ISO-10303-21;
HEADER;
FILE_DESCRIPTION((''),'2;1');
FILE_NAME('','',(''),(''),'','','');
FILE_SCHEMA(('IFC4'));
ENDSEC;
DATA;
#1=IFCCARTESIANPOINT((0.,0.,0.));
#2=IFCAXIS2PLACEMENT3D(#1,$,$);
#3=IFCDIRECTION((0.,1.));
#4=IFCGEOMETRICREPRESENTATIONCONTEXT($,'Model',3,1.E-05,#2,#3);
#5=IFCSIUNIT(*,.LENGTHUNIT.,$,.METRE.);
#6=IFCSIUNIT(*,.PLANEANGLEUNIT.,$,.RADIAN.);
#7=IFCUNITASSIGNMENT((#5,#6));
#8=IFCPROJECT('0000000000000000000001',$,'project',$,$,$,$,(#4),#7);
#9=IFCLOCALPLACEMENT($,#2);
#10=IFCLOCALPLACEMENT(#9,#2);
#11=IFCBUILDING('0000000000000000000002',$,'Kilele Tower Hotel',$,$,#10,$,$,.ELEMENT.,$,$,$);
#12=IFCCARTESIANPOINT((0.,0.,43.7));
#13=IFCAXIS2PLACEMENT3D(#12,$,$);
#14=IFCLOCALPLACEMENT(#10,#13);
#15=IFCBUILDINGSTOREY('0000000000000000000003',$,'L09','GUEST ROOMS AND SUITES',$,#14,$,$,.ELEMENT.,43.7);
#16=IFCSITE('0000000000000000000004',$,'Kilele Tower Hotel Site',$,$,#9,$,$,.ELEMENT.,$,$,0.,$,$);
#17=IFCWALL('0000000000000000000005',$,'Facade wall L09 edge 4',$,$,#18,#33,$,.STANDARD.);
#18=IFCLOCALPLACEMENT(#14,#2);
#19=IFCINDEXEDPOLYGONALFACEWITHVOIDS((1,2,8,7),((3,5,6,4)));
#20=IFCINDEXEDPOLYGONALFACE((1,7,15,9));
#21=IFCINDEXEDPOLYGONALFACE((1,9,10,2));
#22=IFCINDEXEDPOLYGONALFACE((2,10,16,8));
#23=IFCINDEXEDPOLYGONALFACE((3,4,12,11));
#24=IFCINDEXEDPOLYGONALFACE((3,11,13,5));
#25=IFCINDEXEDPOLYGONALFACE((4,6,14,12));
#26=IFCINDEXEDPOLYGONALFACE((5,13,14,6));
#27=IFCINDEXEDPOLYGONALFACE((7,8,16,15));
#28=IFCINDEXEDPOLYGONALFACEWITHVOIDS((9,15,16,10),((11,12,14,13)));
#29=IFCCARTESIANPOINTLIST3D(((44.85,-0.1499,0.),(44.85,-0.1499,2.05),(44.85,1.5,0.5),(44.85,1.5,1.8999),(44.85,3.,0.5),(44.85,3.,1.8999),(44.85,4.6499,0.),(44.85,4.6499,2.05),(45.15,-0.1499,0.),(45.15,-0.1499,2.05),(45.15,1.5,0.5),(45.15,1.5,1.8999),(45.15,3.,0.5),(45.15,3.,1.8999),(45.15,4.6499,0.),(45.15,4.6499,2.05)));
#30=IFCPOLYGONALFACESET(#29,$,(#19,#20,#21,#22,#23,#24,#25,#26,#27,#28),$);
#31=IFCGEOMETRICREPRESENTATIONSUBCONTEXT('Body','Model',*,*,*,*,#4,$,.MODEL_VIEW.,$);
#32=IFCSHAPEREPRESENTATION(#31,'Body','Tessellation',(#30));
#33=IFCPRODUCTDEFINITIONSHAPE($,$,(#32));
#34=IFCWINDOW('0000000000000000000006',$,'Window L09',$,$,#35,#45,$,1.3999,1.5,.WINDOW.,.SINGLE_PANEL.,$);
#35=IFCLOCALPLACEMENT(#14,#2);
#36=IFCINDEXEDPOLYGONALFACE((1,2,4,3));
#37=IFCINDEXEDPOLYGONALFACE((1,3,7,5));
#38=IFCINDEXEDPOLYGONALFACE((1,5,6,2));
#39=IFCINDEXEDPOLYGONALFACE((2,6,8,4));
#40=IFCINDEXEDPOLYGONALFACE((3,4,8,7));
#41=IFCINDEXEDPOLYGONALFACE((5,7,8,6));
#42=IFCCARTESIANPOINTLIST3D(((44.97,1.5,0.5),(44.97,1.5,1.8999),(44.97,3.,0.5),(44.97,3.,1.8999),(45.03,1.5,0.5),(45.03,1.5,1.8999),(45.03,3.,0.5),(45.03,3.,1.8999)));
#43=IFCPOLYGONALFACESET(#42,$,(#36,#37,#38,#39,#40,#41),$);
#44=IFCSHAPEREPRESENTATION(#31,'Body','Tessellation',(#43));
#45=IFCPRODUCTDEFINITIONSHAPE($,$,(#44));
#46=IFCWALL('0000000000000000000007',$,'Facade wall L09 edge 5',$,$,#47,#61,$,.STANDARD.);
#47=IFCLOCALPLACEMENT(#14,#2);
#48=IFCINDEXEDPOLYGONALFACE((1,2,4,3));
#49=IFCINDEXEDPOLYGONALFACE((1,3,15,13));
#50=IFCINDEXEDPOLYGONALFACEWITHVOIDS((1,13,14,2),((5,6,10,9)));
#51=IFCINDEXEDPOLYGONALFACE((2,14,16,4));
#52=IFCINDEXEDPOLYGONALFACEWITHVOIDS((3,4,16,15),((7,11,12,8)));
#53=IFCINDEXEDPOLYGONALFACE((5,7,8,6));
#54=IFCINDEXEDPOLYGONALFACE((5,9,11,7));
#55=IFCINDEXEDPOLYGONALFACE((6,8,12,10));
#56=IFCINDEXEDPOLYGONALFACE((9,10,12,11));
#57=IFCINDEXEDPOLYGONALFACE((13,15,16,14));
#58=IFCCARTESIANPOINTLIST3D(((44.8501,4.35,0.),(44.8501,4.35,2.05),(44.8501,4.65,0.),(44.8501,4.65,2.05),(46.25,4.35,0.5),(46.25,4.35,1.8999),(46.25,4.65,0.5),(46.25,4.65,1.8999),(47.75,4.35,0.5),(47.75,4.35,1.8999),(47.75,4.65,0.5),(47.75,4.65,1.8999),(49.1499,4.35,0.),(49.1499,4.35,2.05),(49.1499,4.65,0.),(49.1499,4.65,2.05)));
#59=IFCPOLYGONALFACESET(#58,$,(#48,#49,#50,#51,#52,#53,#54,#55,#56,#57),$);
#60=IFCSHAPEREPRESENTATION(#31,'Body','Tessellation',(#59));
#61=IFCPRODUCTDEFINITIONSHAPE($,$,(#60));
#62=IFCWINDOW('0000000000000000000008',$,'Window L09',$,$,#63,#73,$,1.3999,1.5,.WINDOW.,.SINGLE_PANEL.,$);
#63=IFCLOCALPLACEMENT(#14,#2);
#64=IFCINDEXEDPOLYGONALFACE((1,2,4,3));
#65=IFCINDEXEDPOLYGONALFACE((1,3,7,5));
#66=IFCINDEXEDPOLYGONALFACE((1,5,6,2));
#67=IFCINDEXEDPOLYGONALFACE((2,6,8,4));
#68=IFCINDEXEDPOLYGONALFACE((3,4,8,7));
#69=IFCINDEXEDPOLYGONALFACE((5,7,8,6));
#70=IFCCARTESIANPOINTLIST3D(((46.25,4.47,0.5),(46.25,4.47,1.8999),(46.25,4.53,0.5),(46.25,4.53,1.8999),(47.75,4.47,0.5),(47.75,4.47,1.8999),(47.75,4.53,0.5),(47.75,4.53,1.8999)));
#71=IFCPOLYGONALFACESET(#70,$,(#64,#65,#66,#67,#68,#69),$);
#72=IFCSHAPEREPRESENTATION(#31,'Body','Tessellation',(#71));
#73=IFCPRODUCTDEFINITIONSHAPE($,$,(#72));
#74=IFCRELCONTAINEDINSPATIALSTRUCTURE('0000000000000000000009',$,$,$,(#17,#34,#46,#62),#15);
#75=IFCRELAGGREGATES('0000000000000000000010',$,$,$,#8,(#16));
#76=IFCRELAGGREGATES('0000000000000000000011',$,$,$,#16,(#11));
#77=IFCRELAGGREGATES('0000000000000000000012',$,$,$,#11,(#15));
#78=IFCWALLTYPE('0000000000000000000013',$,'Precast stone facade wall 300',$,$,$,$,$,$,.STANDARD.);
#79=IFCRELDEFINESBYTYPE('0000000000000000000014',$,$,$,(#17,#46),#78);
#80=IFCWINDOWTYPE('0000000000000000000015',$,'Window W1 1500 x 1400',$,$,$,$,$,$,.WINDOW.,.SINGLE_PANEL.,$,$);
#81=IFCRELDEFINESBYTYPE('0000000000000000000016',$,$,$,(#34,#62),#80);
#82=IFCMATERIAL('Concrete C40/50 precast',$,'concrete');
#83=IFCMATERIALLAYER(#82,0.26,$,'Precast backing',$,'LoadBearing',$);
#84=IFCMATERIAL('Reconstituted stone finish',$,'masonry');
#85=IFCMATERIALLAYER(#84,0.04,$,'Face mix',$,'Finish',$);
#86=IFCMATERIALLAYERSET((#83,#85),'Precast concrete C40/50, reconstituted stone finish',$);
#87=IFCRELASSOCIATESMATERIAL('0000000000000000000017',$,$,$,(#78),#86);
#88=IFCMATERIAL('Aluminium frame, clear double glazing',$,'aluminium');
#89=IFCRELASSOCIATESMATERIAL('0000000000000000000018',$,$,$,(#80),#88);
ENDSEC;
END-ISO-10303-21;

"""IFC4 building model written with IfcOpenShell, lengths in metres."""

from ifc_helpers import new_model, si_unit, direction, frame, frame_2d, origin, place, context, subcontext, project, spatial, rectangle, extrude, material, layer, layer_set, type_object, element, fill, save


model = new_model("IFC4")

# Units and contexts
model_context = context("Model", 3, precision=1e-05, world=origin(), true_north=direction((0.0, 1.0)))
body_context = subcontext(model_context, "Body", "Model", "MODEL_VIEW")
ifc_project = project(units=[si_unit("LENGTHUNIT", "METRE"), si_unit("PLANEANGLEUNIT", "RADIAN")], contexts=[model_context])

# Site, building, storey
site_placement = place(None, origin())
site = spatial("IfcSite", under=ifc_project, at=site_placement, Name="Kilele Tower Hotel Site", CompositionType="ELEMENT", RefElevation=0.0)
building_placement = place(site_placement, origin())
building = spatial("IfcBuilding", under=site, at=building_placement, Name="Kilele Tower Hotel", CompositionType="ELEMENT")
storey_placement = place(building_placement, frame((0.0, 0.0, 43.7)))
storey = spatial("IfcBuildingStorey", under=building, at=storey_placement, Name="L09", Description="GUEST ROOMS AND SUITES", CompositionType="ELEMENT", Elevation=43.7)

# Walls, openings, windows
ifc_material_1 = material(Name="Concrete C40/50 precast", Category="concrete")
ifc_layer_1 = layer(ifc_material_1, 0.26, Name="Precast backing", Category="LoadBearing")
ifc_material_2 = material(Name="Reconstituted stone finish", Category="masonry")
ifc_layer_2 = layer(ifc_material_2, 0.04, Name="Face mix", Category="Finish")
ifc_layer_set_1 = layer_set([ifc_layer_1, ifc_layer_2], Name="Precast concrete C40/50, reconstituted stone finish")
wall_type_1 = type_object("IfcWallType", Name="Precast stone facade wall 300", PredefinedType="STANDARD", material=ifc_layer_set_1)
wall_1_placement = place(storey_placement, frame((45.0, -0.1499, 0.0), z_axis=(0.0, 0.0, 1.0), x_axis=(0.0, 1.0, 0.0)))
wall_1 = element("IfcWall", 1, at=wall_1_placement, inside=storey, type_object=wall_type_1, Name="Facade wall L09 edge 4", PredefinedType="STANDARD", context=body_context, shape_type="SweptSolid", body=[
    extrude(rectangle(XDim=4.7998, YDim=0.3, at=frame_2d((2.3999, 0.0))), origin(), (0.0, 0.0, 1.0), 2.05),
])
opening_1_placement = place(wall_1_placement, frame((1.6499, 0.0, 0.5)))
opening_1 = element("IfcOpeningElement", 2, at=opening_1_placement, cuts=wall_1, PredefinedType="OPENING", context=body_context, shape_type="SweptSolid", body=[
    extrude(rectangle(XDim=1.5, YDim=1.3999, at=frame_2d((0.75, 0.7))), frame((0.0, 0.1599, 0.0), z_axis=(0.0, -1.0, 0.0), x_axis=(1.0, 0.0, 0.0)), (0.0, 0.0, 1.0), 0.3201),
])
ifc_material_3 = material(Name="Aluminium frame, clear double glazing", Category="aluminium")
window_type = type_object("IfcWindowType", Name="Window W1 1500 x 1400", PartitioningType="SINGLE_PANEL", PredefinedType="WINDOW", material=ifc_material_3)
window_1_placement = place(opening_1_placement, origin())
window_1 = element("IfcWindow", 3, at=window_1_placement, inside=storey, type_object=window_type, Name="Window L09", OverallHeight=1.3999, OverallWidth=1.5, PartitioningType="SINGLE_PANEL", PredefinedType="WINDOW", context=body_context, shape_type="SweptSolid", body=[
    extrude(rectangle(XDim=1.5, YDim=1.3999, at=frame_2d((0.75, 0.7))), frame((0.0, 0.03, 0.0), z_axis=(0.0, -1.0, 0.0), x_axis=(1.0, 0.0, 0.0)), (0.0, 0.0, 1.0), 0.0601),
])
fill(opening_1, window_1)
wall_2_placement = place(storey_placement, frame((44.8501, 4.5, 0.0), z_axis=(0.0, 0.0, 1.0), x_axis=(1.0, 0.0, 0.0)))
wall_2 = element("IfcWall", 4, at=wall_2_placement, inside=storey, type_object=wall_type_1, Name="Facade wall L09 edge 5", PredefinedType="STANDARD", context=body_context, shape_type="SweptSolid", body=[
    extrude(rectangle(XDim=4.2998, YDim=0.3, at=frame_2d((2.1499, 0.0))), origin(), (0.0, 0.0, 1.0), 2.05),
])
opening_2_placement = place(wall_2_placement, frame((1.3999, 0.0, 0.5)))
opening_2 = element("IfcOpeningElement", 5, at=opening_2_placement, cuts=wall_2, PredefinedType="OPENING", context=body_context, shape_type="SweptSolid", body=[
    extrude(rectangle(XDim=1.5, YDim=1.3999, at=frame_2d((0.75, 0.7))), frame((0.0, 0.1599, 0.0), z_axis=(0.0, -1.0, 0.0), x_axis=(1.0, 0.0, 0.0)), (0.0, 0.0, 1.0), 0.3201),
])
window_2_placement = place(opening_2_placement, origin())
window_2 = element("IfcWindow", 6, at=window_2_placement, inside=storey, type_object=window_type, Name="Window L09", OverallHeight=1.3999, OverallWidth=1.5, PartitioningType="SINGLE_PANEL", PredefinedType="WINDOW", context=body_context, shape_type="SweptSolid", body=[
    extrude(rectangle(XDim=1.5, YDim=1.3999, at=frame_2d((0.75, 0.7))), frame((0.0, 0.03, 0.0), z_axis=(0.0, -1.0, 0.0), x_axis=(1.0, 0.0, 0.0)), (0.0, 0.0, 1.0), 0.0601),
])
fill(opening_2, window_2)

save(model, "model.ifc")
